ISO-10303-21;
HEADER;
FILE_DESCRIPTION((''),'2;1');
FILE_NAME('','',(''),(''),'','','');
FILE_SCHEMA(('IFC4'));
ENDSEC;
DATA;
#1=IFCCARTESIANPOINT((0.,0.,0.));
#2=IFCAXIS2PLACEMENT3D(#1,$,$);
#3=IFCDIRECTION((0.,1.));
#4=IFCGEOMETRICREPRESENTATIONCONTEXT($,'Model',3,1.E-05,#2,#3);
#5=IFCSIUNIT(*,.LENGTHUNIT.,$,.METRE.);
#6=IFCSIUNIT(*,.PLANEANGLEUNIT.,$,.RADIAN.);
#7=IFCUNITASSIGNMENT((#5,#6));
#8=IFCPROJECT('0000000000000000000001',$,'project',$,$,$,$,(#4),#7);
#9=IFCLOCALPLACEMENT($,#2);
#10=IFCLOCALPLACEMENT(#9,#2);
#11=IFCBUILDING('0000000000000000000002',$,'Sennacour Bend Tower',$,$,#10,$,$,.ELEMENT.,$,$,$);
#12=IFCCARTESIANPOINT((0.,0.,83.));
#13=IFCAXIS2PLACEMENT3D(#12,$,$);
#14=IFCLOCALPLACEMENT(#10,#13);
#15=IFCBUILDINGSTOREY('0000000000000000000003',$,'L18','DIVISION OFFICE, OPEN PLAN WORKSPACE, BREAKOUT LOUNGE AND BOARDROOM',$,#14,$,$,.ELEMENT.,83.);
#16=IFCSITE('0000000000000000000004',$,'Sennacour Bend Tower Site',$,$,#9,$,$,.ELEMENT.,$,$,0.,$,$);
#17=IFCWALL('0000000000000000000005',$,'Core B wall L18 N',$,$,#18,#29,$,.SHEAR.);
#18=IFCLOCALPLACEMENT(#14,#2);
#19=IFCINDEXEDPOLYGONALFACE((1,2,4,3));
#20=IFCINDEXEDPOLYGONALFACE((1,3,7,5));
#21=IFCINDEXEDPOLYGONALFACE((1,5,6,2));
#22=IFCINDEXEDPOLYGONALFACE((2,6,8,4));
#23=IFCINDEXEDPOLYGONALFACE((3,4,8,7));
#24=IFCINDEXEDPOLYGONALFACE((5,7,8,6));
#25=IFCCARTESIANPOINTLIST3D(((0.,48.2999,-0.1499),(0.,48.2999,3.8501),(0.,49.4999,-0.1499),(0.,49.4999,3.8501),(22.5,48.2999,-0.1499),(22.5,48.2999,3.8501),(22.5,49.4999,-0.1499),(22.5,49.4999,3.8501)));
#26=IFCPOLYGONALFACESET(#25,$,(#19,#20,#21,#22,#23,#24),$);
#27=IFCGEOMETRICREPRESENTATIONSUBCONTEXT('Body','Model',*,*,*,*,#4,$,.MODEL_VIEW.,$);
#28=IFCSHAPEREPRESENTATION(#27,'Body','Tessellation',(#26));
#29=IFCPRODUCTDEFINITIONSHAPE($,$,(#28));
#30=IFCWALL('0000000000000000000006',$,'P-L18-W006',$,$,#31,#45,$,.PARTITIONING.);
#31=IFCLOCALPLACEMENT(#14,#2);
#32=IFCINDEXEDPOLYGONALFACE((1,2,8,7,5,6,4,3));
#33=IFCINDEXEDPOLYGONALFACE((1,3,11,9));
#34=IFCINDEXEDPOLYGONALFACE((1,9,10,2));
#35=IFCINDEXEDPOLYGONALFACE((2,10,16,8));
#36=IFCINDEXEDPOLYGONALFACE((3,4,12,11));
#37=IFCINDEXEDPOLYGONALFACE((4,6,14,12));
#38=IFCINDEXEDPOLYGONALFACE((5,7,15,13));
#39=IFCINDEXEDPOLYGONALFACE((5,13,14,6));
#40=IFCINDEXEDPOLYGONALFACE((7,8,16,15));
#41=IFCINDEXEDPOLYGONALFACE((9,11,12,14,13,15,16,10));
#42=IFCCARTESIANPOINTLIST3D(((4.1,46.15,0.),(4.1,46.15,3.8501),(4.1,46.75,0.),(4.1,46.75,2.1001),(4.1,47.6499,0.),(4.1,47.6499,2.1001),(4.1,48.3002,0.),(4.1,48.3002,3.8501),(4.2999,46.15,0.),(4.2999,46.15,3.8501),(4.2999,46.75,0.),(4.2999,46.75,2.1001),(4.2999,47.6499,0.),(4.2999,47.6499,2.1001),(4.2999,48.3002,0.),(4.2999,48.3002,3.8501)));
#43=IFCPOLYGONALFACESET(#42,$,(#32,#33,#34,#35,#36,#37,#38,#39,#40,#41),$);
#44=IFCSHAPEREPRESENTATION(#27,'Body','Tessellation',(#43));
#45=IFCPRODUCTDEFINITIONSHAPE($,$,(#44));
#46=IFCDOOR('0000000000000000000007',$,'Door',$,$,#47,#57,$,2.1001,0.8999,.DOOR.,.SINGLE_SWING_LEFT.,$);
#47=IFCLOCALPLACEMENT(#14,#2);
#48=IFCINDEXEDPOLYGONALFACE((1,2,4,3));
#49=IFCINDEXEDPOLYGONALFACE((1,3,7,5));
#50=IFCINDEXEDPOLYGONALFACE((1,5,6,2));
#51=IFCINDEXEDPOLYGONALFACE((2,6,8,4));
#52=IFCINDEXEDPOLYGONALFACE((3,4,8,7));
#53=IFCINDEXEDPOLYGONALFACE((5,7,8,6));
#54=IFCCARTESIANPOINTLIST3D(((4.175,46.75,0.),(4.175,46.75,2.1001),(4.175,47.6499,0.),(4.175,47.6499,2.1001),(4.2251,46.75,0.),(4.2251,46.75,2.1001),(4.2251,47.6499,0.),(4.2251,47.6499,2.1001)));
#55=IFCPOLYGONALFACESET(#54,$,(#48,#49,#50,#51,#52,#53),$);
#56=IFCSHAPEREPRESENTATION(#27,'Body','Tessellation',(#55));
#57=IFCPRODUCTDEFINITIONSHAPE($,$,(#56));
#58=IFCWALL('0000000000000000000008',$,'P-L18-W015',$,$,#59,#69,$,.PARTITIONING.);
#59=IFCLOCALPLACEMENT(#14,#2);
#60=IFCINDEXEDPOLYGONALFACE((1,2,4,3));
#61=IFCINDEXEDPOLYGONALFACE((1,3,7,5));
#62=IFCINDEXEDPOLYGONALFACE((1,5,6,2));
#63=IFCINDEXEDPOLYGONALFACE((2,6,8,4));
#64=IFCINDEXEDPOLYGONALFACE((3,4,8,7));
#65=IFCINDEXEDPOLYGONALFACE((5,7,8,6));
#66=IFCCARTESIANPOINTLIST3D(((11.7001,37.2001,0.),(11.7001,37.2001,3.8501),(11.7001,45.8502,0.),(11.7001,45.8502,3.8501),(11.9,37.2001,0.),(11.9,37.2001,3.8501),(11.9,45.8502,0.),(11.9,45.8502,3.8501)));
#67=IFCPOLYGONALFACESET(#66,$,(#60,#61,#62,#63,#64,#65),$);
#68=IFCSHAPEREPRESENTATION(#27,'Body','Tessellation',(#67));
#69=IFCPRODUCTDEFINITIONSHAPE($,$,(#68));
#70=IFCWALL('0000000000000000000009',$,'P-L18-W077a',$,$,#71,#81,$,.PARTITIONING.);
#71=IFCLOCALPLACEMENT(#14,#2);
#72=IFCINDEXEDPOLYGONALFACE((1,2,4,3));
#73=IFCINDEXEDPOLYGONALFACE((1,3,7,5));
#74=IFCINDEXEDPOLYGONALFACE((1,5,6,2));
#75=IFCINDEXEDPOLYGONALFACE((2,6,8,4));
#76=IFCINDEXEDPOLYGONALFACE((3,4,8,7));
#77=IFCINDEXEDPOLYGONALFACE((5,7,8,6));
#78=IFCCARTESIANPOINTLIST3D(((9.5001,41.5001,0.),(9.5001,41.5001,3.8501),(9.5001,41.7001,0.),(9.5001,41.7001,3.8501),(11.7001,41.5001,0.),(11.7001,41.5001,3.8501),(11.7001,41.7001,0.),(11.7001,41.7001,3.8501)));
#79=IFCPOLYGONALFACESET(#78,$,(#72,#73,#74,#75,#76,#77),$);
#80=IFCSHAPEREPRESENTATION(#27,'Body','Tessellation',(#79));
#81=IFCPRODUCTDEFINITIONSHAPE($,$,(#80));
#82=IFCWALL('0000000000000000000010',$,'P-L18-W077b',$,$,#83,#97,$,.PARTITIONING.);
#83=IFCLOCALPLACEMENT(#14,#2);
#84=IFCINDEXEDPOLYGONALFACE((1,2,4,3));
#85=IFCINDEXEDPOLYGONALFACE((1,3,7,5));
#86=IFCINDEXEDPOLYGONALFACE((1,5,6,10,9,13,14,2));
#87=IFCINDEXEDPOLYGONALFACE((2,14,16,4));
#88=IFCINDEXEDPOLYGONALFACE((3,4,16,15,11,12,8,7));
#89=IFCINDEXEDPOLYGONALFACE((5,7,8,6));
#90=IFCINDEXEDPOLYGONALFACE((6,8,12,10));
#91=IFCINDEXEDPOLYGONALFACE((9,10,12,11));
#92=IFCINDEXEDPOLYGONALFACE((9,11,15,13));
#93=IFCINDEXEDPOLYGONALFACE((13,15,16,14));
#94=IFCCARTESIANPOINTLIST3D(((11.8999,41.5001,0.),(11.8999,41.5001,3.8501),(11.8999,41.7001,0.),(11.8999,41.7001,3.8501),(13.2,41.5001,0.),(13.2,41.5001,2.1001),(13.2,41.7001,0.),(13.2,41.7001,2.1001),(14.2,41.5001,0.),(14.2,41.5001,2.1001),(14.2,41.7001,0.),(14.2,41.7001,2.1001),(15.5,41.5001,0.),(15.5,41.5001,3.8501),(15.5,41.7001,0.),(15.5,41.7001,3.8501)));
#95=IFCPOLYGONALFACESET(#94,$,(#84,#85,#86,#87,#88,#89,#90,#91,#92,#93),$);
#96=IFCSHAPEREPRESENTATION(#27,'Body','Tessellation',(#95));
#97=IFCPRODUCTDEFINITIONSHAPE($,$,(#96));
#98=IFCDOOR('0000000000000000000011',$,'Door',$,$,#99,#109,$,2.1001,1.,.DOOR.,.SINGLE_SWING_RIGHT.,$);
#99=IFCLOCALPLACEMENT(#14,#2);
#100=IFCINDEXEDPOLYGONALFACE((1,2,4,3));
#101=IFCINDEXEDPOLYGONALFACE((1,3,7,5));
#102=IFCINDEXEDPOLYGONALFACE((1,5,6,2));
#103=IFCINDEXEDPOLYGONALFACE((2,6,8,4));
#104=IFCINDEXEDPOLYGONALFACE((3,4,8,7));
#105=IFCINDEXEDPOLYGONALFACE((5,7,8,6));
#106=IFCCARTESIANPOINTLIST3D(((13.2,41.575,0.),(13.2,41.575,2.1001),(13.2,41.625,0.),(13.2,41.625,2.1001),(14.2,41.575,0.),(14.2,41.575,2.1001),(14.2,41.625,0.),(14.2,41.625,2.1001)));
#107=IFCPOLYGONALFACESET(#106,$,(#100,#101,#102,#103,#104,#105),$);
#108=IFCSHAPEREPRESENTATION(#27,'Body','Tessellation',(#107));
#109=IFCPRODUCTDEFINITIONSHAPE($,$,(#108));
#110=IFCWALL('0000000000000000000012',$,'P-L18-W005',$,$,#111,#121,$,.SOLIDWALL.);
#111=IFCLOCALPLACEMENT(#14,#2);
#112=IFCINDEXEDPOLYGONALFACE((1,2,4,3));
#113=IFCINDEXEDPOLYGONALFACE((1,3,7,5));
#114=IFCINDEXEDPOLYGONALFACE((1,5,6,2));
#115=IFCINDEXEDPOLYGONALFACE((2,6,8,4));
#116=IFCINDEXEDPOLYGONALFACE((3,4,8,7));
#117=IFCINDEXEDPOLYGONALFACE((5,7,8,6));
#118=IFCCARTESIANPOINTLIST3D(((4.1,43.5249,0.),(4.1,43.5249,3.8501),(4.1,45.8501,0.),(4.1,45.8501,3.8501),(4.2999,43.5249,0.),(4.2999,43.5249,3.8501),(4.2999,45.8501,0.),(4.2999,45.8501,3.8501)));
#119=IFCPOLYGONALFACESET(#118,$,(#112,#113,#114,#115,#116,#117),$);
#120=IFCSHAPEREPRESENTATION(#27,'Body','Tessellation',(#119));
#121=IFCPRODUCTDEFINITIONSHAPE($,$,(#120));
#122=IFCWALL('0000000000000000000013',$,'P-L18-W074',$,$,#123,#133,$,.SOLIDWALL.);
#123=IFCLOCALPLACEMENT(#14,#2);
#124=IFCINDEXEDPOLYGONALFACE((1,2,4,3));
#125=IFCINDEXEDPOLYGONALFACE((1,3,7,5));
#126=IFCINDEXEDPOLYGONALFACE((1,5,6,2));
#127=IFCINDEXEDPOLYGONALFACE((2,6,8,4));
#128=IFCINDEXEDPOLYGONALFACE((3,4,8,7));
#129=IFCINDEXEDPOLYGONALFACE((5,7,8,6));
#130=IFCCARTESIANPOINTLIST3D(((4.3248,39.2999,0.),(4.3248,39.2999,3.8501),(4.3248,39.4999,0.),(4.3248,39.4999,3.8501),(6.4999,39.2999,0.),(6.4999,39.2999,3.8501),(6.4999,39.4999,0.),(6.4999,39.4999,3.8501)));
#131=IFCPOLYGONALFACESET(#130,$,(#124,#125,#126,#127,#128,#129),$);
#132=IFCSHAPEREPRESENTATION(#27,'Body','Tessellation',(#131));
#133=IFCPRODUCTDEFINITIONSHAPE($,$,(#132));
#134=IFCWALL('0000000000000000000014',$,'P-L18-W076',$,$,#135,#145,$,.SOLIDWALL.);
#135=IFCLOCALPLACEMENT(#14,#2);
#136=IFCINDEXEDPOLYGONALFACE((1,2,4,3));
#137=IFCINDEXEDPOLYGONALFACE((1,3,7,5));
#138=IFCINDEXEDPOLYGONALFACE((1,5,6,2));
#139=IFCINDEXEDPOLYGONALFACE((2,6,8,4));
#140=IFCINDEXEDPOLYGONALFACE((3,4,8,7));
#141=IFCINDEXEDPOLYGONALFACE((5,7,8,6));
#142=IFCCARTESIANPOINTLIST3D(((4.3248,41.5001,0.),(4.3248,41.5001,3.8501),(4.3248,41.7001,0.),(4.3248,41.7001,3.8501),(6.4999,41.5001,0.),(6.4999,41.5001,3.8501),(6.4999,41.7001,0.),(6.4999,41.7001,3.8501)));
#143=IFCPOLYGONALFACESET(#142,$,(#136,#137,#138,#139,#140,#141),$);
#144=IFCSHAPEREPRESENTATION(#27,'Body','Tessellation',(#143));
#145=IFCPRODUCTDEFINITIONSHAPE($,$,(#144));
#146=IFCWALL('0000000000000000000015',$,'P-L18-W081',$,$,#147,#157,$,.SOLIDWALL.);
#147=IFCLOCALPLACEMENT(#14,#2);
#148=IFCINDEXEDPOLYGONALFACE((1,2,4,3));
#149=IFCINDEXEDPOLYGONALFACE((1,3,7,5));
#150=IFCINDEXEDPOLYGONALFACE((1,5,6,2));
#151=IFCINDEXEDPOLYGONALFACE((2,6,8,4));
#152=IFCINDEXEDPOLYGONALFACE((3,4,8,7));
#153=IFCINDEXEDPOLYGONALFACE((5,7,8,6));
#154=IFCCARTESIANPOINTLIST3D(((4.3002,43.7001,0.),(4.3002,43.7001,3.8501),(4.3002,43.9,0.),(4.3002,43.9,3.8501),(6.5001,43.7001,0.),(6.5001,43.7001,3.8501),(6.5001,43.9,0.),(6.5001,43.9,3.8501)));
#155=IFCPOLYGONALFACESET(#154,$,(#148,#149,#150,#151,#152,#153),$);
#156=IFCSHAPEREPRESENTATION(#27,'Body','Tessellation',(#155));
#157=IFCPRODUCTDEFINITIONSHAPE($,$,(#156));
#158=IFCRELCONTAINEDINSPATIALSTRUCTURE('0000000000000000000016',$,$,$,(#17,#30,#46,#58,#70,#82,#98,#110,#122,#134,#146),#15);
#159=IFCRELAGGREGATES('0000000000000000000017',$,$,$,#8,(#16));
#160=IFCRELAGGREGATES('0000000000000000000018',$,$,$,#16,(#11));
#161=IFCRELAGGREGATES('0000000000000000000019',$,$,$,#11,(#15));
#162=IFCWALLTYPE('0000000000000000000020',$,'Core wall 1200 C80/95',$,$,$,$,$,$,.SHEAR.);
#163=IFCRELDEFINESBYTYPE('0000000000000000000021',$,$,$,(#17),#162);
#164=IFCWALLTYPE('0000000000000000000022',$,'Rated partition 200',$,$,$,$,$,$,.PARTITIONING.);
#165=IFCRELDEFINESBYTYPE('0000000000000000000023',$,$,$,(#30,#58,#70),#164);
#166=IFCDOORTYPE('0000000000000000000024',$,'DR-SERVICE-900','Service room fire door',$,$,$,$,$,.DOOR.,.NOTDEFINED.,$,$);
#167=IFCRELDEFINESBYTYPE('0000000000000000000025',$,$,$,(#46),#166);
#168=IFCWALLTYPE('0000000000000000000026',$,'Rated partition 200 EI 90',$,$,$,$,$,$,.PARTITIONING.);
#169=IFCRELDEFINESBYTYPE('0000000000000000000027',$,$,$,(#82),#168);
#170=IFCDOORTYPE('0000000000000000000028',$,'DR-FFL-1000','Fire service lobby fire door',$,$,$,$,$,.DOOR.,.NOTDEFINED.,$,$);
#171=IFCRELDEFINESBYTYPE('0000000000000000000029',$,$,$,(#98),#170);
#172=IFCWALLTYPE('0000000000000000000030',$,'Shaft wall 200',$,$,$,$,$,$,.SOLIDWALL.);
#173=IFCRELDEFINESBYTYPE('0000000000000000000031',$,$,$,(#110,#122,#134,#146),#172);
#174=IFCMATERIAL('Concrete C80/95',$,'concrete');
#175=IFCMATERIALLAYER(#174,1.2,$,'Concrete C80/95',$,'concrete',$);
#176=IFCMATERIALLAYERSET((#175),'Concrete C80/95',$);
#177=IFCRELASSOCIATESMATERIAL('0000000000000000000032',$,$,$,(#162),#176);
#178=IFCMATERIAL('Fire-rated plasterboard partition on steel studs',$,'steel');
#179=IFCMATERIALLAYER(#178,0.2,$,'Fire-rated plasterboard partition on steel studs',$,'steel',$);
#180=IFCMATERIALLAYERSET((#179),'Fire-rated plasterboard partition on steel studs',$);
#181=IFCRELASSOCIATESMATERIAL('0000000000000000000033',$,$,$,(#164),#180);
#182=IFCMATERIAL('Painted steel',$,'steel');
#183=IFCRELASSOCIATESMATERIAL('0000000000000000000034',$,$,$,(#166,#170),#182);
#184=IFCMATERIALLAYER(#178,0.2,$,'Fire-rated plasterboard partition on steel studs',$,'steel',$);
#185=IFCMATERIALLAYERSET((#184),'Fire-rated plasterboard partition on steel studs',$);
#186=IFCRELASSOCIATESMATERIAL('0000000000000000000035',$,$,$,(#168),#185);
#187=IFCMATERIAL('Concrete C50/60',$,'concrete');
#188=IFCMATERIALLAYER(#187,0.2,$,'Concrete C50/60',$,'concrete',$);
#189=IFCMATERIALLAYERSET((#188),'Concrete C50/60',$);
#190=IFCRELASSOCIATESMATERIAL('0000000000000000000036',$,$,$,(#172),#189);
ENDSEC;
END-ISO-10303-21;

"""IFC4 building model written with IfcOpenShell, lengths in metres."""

from ifc_helpers import new_model, si_unit, direction, frame, frame_2d, origin, place, context, subcontext, project, spatial, rectangle, extrude, material, layer, layer_set, type_object, element, fill, save


model = new_model("IFC4")

# Units and contexts
model_context = context("Model", 3, precision=1e-05, world=origin(), true_north=direction((0.0, 1.0)))
body_context = subcontext(model_context, "Body", "Model", "MODEL_VIEW")
ifc_project = project(units=[si_unit("LENGTHUNIT", "METRE"), si_unit("PLANEANGLEUNIT", "RADIAN")], contexts=[model_context])

# Site, building, storey
site_placement = place(None, origin())
site = spatial("IfcSite", under=ifc_project, at=site_placement, Name="Sennacour Bend Tower Site", CompositionType="ELEMENT", RefElevation=0.0)
building_placement = place(site_placement, origin())
building = spatial("IfcBuilding", under=site, at=building_placement, Name="Sennacour Bend Tower", CompositionType="ELEMENT")
storey_placement = place(building_placement, frame((0.0, 0.0, 83.0)))
storey = spatial("IfcBuildingStorey", under=building, at=storey_placement, Name="L18", Description="DIVISION OFFICE, OPEN PLAN WORKSPACE, BREAKOUT LOUNGE AND BOARDROOM", CompositionType="ELEMENT", Elevation=83.0)

# Wall
ifc_material_1 = material(Name="Concrete C80/95", Category="concrete")
ifc_layer_1 = layer(ifc_material_1, 1.2, Name="Concrete C80/95", Category="concrete")
ifc_layer_set_1 = layer_set([ifc_layer_1], Name="Concrete C80/95")
wall_type_1 = type_object("IfcWallType", Name="Core wall 1200 C80/95", PredefinedType="SHEAR", material=ifc_layer_set_1)
wall_1_placement = place(storey_placement, frame((0.0, 48.8999, -0.1499), z_axis=(0.0, 0.0, 1.0), x_axis=(1.0, 0.0, 0.0)))
element("IfcWall", 1, at=wall_1_placement, inside=storey, type_object=wall_type_1, Name="Core B wall L18 N", PredefinedType="SHEAR", context=body_context, shape_type="SweptSolid", body=[
    extrude(rectangle(XDim=22.5, YDim=1.2, at=frame_2d((11.25, 0.0))), origin(), (0.0, 0.0, 1.0), 4.0),
])

# Wall, opening, door
ifc_material_2 = material(Name="Fire-rated plasterboard partition on steel studs", Category="steel")
ifc_layer_2 = layer(ifc_material_2, 0.2, Name="Fire-rated plasterboard partition on steel studs", Category="steel")
ifc_layer_set_2 = layer_set([ifc_layer_2], Name="Fire-rated plasterboard partition on steel studs")
wall_type_2 = type_object("IfcWallType", Name="Rated partition 200", PredefinedType="PARTITIONING", material=ifc_layer_set_2)
wall_2_placement = place(storey_placement, frame((4.2, 46.1499, 0.0), z_axis=(0.0, 0.0, 1.0), x_axis=(0.0, 1.0, 0.0)))
wall_2 = element("IfcWall", 2, at=wall_2_placement, inside=storey, type_object=wall_type_2, Name="P-L18-W006", PredefinedType="PARTITIONING", context=body_context, shape_type="SweptSolid", body=[
    extrude(rectangle(XDim=2.1501, YDim=0.2, at=frame_2d((1.0752, 0.0))), origin(), (0.0, 0.0, 1.0), 3.8501),
])
opening_1_placement = place(wall_2_placement, frame((0.6001, 0.0, 0.0)))
opening_1 = element("IfcOpeningElement", 3, at=opening_1_placement, cuts=wall_2, PredefinedType="OPENING", context=body_context, shape_type="SweptSolid", body=[
    extrude(rectangle(XDim=0.8999, YDim=2.1001, at=frame_2d((0.45, 1.05))), frame((0.0, 0.1099, 0.0), z_axis=(0.0, -1.0, 0.0), x_axis=(1.0, 0.0, 0.0)), (0.0, 0.0, 1.0), 0.22),
])
ifc_material_3 = material(Name="Painted steel", Category="steel")
door_type_1 = type_object("IfcDoorType", Name="DR-SERVICE-900", Description="Service room fire door", OperationType="NOTDEFINED", PredefinedType="DOOR", material=ifc_material_3)
door_1_placement = place(opening_1_placement, origin())
door_1 = element("IfcDoor", 4, at=door_1_placement, inside=storey, type_object=door_type_1, Name="Door", OperationType="SINGLE_SWING_LEFT", OverallHeight=2.1001, OverallWidth=0.8999, PredefinedType="DOOR", context=body_context, shape_type="SweptSolid", body=[
    extrude(rectangle(XDim=0.8999, YDim=2.1001, at=frame_2d((0.45, 1.05))), frame((0.0, 0.0249, 0.0), z_axis=(0.0, -1.0, 0.0), x_axis=(1.0, 0.0, 0.0)), (0.0, 0.0, 1.0), 0.05),
])
fill(opening_1, door_1)

# Walls
wall_3_placement = place(storey_placement, frame((11.8, 37.2, 0.0), z_axis=(0.0, 0.0, 1.0), x_axis=(0.0, 1.0, 0.0)))
element("IfcWall", 5, at=wall_3_placement, inside=storey, type_object=wall_type_2, Name="P-L18-W015", PredefinedType="PARTITIONING", context=body_context, shape_type="SweptSolid", body=[
    extrude(rectangle(XDim=8.6501, YDim=0.2, at=frame_2d((4.3252, 0.0))), origin(), (0.0, 0.0, 1.0), 3.8501),
])
wall_4_placement = place(storey_placement, frame((9.5, 41.6001, 0.0), z_axis=(0.0, 0.0, 1.0), x_axis=(1.0, 0.0, 0.0)))
element("IfcWall", 6, at=wall_4_placement, inside=storey, type_object=wall_type_2, Name="P-L18-W077a", PredefinedType="PARTITIONING", context=body_context, shape_type="SweptSolid", body=[
    extrude(rectangle(XDim=2.2, YDim=0.2, at=frame_2d((1.1001, 0.0))), origin(), (0.0, 0.0, 1.0), 3.8501),
])

# Wall, opening, door
ifc_layer_3 = layer(ifc_material_2, 0.2, Name="Fire-rated plasterboard partition on steel studs", Category="steel")
ifc_layer_set_3 = layer_set([ifc_layer_3], Name="Fire-rated plasterboard partition on steel studs")
wall_type_3 = type_object("IfcWallType", Name="Rated partition 200 EI 90", PredefinedType="PARTITIONING", material=ifc_layer_set_3)
wall_5_placement = place(storey_placement, frame((11.8999, 41.6001, 0.0), z_axis=(0.0, 0.0, 1.0), x_axis=(1.0, 0.0, 0.0)))
wall_5 = element("IfcWall", 7, at=wall_5_placement, inside=storey, type_object=wall_type_3, Name="P-L18-W077b", PredefinedType="PARTITIONING", context=body_context, shape_type="SweptSolid", body=[
    extrude(rectangle(XDim=3.6001, YDim=0.2, at=frame_2d((1.8, 0.0))), origin(), (0.0, 0.0, 1.0), 3.8501),
])
opening_2_placement = place(wall_5_placement, frame((1.3, 0.0, 0.0)))
opening_2 = element("IfcOpeningElement", 8, at=opening_2_placement, cuts=wall_5, PredefinedType="OPENING", context=body_context, shape_type="SweptSolid", body=[
    extrude(rectangle(XDim=1.0, YDim=2.1001, at=frame_2d((0.5, 1.05))), frame((0.0, 0.1099, 0.0), z_axis=(0.0, -1.0, 0.0), x_axis=(1.0, 0.0, 0.0)), (0.0, 0.0, 1.0), 0.22),
])
door_type_2 = type_object("IfcDoorType", Name="DR-FFL-1000", Description="Fire service lobby fire door", OperationType="NOTDEFINED", PredefinedType="DOOR", material=ifc_material_3)
door_2_placement = place(opening_2_placement, origin())
door_2 = element("IfcDoor", 9, at=door_2_placement, inside=storey, type_object=door_type_2, Name="Door", OperationType="SINGLE_SWING_RIGHT", OverallHeight=2.1001, OverallWidth=1.0, PredefinedType="DOOR", context=body_context, shape_type="SweptSolid", body=[
    extrude(rectangle(XDim=1.0, YDim=2.1001, at=frame_2d((0.5, 1.05))), frame((0.0, 0.0249, 0.0), z_axis=(0.0, -1.0, 0.0), x_axis=(1.0, 0.0, 0.0)), (0.0, 0.0, 1.0), 0.05),
])
fill(opening_2, door_2)

# Walls
ifc_material_4 = material(Name="Concrete C50/60", Category="concrete")
ifc_layer_4 = layer(ifc_material_4, 0.2, Name="Concrete C50/60", Category="concrete")
ifc_layer_set_4 = layer_set([ifc_layer_4], Name="Concrete C50/60")
wall_type_4 = type_object("IfcWallType", Name="Shaft wall 200", PredefinedType="SOLIDWALL", material=ifc_layer_set_4)
wall_6_placement = place(storey_placement, frame((4.2, 43.5249, 0.0), z_axis=(0.0, 0.0, 1.0), x_axis=(0.0, 1.0, 0.0)))
element("IfcWall", 10, at=wall_6_placement, inside=storey, type_object=wall_type_4, Name="P-L18-W005", PredefinedType="SOLIDWALL", context=body_context, shape_type="SweptSolid", body=[
    extrude(rectangle(XDim=2.3252, YDim=0.2, at=frame_2d((1.1626, 0.0))), origin(), (0.0, 0.0, 1.0), 3.8501),
])
for number, where, z_axis, x_axis, name in (
    (11, (4.325, 39.3999, 0.0), (0.0, 0.0, 1.0), (1.0, 0.0, 0.0), "P-L18-W074"),
    (12, (4.325, 41.6001, 0.0), (0.0, 0.0, 1.0), (1.0, 0.0, 0.0), "P-L18-W076"),
):
    element("IfcWall", number, at=place(storey_placement, frame(where, z_axis=z_axis, x_axis=x_axis)), inside=storey, type_object=wall_type_4, Name=name, PredefinedType="SOLIDWALL", context=body_context, shape_type="SweptSolid", body=[
        extrude(rectangle(XDim=2.175, YDim=0.2, at=frame_2d((1.0874, 0.0))), origin(), (0.0, 0.0, 1.0), 3.8501),
    ])
wall_7_placement = place(storey_placement, frame((4.3, 43.8, 0.0), z_axis=(0.0, 0.0, 1.0), x_axis=(1.0, 0.0, 0.0)))
element("IfcWall", 13, at=wall_7_placement, inside=storey, type_object=wall_type_4, Name="P-L18-W081", PredefinedType="SOLIDWALL", context=body_context, shape_type="SweptSolid", body=[
    extrude(rectangle(XDim=2.2, YDim=0.2, at=frame_2d((1.1001, 0.0))), origin(), (0.0, 0.0, 1.0), 3.8501),
])

save(model, "model.ifc")
